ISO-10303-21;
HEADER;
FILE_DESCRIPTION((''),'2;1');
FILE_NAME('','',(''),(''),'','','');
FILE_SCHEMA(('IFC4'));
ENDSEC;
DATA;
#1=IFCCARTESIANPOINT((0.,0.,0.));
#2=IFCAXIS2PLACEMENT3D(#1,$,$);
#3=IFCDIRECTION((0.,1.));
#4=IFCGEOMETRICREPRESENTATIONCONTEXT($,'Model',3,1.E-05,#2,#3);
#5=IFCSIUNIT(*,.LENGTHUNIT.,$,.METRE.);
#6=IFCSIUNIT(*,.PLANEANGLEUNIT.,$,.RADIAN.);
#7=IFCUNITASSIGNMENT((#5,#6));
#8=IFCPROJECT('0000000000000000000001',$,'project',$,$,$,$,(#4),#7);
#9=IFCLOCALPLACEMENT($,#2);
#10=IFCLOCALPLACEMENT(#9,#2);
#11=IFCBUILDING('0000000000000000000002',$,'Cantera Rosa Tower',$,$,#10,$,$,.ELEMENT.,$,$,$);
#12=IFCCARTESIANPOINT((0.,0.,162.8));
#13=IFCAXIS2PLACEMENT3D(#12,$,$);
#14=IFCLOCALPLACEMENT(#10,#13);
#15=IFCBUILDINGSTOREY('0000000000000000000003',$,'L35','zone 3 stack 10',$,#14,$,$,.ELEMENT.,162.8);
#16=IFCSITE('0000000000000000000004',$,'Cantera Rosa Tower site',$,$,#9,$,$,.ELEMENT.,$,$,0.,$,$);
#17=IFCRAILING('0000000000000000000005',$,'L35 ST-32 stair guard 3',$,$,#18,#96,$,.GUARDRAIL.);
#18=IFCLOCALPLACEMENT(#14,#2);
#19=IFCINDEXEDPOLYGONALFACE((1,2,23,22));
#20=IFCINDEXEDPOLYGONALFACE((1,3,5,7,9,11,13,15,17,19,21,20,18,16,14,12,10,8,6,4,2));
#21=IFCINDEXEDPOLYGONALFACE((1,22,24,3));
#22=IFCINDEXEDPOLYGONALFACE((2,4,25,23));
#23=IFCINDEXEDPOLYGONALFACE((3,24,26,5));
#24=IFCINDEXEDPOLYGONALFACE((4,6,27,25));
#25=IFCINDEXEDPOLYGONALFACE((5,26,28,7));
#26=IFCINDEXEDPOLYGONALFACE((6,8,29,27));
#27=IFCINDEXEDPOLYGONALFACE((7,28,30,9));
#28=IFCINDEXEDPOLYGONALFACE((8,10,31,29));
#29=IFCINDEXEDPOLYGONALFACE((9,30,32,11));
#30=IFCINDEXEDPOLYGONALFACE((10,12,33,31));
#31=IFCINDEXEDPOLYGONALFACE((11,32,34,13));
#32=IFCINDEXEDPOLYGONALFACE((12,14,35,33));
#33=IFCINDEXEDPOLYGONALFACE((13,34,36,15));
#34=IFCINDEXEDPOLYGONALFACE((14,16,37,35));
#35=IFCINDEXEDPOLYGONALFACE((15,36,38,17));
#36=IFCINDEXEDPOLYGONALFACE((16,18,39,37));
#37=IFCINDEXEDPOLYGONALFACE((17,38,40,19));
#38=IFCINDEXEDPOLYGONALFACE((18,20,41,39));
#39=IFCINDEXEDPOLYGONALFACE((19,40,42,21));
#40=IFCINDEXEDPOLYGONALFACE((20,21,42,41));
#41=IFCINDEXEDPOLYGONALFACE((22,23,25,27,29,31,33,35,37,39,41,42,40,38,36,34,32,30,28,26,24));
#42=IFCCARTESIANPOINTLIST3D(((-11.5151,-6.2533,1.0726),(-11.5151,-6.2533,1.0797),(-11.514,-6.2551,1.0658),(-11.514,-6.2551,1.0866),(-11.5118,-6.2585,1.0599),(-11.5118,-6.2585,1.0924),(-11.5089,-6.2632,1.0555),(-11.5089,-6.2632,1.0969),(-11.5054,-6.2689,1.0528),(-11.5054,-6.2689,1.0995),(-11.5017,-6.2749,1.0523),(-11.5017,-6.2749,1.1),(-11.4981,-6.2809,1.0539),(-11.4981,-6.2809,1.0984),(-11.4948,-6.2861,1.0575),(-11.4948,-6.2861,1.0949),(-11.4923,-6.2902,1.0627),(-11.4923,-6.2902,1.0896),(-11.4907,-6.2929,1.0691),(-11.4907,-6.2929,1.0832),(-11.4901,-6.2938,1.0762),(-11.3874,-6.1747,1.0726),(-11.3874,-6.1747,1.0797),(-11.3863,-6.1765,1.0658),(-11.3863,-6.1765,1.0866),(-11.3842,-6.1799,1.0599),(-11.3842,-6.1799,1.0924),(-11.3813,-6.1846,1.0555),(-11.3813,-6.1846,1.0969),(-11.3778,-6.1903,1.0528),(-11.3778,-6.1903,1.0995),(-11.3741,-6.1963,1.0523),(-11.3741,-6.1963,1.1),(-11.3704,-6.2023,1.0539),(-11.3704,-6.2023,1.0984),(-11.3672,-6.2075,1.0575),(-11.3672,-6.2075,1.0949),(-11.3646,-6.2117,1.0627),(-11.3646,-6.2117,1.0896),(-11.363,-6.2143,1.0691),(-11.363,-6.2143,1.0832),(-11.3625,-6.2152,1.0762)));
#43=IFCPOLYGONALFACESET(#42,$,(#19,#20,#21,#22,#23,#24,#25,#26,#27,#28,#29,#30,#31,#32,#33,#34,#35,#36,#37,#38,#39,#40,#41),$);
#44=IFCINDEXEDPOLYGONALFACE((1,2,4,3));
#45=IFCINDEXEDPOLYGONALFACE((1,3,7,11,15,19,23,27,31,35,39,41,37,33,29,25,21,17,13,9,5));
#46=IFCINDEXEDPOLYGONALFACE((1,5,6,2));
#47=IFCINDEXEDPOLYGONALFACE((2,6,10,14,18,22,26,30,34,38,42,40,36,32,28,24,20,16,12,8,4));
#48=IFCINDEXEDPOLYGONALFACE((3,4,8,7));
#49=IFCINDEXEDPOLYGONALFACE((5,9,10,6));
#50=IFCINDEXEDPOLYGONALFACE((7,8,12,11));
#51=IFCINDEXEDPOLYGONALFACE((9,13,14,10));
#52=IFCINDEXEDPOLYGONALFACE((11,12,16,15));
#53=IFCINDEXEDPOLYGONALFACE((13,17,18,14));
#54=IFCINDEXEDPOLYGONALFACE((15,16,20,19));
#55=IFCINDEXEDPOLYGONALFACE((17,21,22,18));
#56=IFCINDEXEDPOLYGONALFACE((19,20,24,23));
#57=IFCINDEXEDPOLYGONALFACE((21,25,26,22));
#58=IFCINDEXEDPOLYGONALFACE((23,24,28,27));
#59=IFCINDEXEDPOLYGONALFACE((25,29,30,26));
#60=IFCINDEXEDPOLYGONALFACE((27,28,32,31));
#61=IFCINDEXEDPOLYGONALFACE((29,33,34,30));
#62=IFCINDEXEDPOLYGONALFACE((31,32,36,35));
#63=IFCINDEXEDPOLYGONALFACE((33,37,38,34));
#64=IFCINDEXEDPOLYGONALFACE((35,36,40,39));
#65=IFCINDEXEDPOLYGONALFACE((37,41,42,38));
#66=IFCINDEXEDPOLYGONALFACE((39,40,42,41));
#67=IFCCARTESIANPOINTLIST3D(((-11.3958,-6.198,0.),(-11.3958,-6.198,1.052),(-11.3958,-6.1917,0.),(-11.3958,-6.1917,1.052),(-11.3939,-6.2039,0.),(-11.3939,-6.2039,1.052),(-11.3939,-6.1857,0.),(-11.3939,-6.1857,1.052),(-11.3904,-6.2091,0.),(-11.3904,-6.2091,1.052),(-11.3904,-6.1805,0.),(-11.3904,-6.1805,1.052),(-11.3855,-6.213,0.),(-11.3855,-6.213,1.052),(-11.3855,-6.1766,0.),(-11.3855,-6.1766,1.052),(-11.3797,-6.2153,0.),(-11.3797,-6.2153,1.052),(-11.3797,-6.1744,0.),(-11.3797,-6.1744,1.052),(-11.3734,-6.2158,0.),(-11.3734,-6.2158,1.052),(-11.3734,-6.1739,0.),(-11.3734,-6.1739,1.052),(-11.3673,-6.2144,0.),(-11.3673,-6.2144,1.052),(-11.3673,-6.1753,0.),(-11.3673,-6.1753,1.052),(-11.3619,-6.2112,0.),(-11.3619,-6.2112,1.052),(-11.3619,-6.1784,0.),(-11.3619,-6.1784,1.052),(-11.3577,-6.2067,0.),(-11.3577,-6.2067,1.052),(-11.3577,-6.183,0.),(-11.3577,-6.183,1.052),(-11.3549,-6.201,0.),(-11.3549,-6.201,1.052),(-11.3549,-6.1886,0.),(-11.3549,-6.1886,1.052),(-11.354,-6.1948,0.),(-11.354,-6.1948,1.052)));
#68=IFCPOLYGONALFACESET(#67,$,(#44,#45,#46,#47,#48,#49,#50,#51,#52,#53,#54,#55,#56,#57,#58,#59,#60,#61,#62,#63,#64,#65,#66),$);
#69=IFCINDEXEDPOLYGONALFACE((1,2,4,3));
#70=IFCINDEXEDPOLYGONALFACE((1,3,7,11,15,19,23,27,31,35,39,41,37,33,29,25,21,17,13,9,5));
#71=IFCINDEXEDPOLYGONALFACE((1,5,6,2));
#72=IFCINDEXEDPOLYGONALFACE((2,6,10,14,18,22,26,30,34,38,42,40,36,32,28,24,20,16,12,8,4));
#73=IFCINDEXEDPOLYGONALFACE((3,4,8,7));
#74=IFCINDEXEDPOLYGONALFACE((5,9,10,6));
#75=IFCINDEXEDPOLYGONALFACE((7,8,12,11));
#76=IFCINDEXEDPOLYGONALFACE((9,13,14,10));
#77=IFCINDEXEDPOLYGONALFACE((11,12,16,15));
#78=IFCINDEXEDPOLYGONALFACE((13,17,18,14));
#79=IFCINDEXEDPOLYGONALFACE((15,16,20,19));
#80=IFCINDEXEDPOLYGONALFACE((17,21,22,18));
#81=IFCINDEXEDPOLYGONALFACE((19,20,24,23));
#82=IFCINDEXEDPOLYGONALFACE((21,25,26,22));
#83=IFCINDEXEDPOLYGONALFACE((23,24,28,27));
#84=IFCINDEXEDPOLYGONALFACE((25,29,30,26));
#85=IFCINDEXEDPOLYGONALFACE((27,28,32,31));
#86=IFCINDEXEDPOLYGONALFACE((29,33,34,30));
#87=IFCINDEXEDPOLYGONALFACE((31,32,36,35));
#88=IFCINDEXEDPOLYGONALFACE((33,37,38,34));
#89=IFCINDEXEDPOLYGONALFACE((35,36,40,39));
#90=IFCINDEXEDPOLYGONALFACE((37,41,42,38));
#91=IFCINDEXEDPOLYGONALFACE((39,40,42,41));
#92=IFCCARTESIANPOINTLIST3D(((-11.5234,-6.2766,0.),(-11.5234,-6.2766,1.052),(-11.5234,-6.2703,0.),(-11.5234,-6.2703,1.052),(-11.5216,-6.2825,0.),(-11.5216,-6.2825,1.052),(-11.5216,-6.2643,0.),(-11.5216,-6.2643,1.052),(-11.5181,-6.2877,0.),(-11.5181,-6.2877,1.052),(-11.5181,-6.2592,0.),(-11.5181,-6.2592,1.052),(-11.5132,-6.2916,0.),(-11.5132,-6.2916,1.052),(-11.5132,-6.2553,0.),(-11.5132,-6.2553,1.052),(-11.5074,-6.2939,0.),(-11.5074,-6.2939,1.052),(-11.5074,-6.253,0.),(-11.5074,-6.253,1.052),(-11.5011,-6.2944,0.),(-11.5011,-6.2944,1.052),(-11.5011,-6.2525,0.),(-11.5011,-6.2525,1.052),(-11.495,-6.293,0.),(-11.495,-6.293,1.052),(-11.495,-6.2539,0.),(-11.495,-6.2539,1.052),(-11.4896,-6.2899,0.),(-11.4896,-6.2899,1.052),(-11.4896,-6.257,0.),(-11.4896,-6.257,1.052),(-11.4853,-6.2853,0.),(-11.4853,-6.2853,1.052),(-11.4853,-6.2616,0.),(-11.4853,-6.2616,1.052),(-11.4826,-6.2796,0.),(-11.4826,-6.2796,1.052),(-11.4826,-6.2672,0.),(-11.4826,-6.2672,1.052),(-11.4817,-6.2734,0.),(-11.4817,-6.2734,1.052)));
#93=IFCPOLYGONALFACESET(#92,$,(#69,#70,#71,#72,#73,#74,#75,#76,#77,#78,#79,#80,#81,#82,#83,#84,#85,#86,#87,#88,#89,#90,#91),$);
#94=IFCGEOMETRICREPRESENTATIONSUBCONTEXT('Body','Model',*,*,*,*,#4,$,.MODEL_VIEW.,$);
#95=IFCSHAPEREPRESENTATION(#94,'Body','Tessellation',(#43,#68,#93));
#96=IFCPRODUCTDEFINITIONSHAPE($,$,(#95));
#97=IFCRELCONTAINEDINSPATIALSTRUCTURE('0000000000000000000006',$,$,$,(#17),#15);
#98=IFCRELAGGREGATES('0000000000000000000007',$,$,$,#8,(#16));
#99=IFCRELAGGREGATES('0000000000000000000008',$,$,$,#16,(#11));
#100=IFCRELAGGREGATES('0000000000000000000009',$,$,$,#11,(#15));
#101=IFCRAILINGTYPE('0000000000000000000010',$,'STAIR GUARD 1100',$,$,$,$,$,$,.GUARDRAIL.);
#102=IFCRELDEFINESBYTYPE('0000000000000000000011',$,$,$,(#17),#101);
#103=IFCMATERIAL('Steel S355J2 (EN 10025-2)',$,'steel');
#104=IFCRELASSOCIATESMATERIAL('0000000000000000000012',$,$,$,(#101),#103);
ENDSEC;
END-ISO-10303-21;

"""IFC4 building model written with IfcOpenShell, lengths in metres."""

from ifc_helpers import new_model, si_unit, direction, frame, origin, origin_2d, place, context, subcontext, project, spatial, circle, extrude, material, type_object, element, save


model = new_model("IFC4")

# Units and contexts
model_context = context("Model", 3, precision=1e-05, world=origin(), true_north=direction((0.0, 1.0)))
body_context = subcontext(model_context, "Body", "Model", "MODEL_VIEW")
ifc_project = project(units=[si_unit("LENGTHUNIT", "METRE"), si_unit("PLANEANGLEUNIT", "RADIAN")], contexts=[model_context])

# Site, building, storey
site_placement = place(None, origin())
site = spatial("IfcSite", under=ifc_project, at=site_placement, Name="Cantera Rosa Tower site", CompositionType="ELEMENT", RefElevation=0.0)
building_placement = place(site_placement, origin())
building = spatial("IfcBuilding", under=site, at=building_placement, Name="Cantera Rosa Tower", CompositionType="ELEMENT")
storey_placement = place(building_placement, frame((0.0, 0.0, 162.8)))
storey = spatial("IfcBuildingStorey", under=building, at=storey_placement, Name="L35", Description="zone 3 stack 10", CompositionType="ELEMENT", Elevation=162.8)

# Railing
ifc_material_1 = material(Name="Steel S355J2 (EN 10025-2)", Category="steel")
railing_type_1 = type_object("IfcRailingType", Name="STAIR GUARD 1100", PredefinedType="GUARDRAIL", material=ifc_material_1)
railing_1_placement = place(storey_placement, frame((-11.375, -6.1948, 0.0)))
element("IfcRailing", 1, at=railing_1_placement, inside=storey, type_object=railing_type_1, Name="L35 ST-32 stair guard 3", PredefinedType="GUARDRAIL", context=body_context, shape_type="SweptSolid", body=[
    extrude(circle(Radius=0.0239, at=origin_2d()), frame((0.0, 0.0, 1.0762), z_axis=(-0.851546, -0.524279, 0.0), x_axis=(0.524279, -0.851546, 0.0)), (0.0, 0.0, 1.0), 0.1499),
    extrude(circle(Radius=0.021, at=origin_2d()), origin(), (0.0, 0.0, 1.0), 1.052),
    extrude(circle(Radius=0.021, at=origin_2d()), frame((-0.1277, -0.0786, 0.0)), (0.0, 0.0, 1.0), 1.052),
])

save(model, "model.ifc")
